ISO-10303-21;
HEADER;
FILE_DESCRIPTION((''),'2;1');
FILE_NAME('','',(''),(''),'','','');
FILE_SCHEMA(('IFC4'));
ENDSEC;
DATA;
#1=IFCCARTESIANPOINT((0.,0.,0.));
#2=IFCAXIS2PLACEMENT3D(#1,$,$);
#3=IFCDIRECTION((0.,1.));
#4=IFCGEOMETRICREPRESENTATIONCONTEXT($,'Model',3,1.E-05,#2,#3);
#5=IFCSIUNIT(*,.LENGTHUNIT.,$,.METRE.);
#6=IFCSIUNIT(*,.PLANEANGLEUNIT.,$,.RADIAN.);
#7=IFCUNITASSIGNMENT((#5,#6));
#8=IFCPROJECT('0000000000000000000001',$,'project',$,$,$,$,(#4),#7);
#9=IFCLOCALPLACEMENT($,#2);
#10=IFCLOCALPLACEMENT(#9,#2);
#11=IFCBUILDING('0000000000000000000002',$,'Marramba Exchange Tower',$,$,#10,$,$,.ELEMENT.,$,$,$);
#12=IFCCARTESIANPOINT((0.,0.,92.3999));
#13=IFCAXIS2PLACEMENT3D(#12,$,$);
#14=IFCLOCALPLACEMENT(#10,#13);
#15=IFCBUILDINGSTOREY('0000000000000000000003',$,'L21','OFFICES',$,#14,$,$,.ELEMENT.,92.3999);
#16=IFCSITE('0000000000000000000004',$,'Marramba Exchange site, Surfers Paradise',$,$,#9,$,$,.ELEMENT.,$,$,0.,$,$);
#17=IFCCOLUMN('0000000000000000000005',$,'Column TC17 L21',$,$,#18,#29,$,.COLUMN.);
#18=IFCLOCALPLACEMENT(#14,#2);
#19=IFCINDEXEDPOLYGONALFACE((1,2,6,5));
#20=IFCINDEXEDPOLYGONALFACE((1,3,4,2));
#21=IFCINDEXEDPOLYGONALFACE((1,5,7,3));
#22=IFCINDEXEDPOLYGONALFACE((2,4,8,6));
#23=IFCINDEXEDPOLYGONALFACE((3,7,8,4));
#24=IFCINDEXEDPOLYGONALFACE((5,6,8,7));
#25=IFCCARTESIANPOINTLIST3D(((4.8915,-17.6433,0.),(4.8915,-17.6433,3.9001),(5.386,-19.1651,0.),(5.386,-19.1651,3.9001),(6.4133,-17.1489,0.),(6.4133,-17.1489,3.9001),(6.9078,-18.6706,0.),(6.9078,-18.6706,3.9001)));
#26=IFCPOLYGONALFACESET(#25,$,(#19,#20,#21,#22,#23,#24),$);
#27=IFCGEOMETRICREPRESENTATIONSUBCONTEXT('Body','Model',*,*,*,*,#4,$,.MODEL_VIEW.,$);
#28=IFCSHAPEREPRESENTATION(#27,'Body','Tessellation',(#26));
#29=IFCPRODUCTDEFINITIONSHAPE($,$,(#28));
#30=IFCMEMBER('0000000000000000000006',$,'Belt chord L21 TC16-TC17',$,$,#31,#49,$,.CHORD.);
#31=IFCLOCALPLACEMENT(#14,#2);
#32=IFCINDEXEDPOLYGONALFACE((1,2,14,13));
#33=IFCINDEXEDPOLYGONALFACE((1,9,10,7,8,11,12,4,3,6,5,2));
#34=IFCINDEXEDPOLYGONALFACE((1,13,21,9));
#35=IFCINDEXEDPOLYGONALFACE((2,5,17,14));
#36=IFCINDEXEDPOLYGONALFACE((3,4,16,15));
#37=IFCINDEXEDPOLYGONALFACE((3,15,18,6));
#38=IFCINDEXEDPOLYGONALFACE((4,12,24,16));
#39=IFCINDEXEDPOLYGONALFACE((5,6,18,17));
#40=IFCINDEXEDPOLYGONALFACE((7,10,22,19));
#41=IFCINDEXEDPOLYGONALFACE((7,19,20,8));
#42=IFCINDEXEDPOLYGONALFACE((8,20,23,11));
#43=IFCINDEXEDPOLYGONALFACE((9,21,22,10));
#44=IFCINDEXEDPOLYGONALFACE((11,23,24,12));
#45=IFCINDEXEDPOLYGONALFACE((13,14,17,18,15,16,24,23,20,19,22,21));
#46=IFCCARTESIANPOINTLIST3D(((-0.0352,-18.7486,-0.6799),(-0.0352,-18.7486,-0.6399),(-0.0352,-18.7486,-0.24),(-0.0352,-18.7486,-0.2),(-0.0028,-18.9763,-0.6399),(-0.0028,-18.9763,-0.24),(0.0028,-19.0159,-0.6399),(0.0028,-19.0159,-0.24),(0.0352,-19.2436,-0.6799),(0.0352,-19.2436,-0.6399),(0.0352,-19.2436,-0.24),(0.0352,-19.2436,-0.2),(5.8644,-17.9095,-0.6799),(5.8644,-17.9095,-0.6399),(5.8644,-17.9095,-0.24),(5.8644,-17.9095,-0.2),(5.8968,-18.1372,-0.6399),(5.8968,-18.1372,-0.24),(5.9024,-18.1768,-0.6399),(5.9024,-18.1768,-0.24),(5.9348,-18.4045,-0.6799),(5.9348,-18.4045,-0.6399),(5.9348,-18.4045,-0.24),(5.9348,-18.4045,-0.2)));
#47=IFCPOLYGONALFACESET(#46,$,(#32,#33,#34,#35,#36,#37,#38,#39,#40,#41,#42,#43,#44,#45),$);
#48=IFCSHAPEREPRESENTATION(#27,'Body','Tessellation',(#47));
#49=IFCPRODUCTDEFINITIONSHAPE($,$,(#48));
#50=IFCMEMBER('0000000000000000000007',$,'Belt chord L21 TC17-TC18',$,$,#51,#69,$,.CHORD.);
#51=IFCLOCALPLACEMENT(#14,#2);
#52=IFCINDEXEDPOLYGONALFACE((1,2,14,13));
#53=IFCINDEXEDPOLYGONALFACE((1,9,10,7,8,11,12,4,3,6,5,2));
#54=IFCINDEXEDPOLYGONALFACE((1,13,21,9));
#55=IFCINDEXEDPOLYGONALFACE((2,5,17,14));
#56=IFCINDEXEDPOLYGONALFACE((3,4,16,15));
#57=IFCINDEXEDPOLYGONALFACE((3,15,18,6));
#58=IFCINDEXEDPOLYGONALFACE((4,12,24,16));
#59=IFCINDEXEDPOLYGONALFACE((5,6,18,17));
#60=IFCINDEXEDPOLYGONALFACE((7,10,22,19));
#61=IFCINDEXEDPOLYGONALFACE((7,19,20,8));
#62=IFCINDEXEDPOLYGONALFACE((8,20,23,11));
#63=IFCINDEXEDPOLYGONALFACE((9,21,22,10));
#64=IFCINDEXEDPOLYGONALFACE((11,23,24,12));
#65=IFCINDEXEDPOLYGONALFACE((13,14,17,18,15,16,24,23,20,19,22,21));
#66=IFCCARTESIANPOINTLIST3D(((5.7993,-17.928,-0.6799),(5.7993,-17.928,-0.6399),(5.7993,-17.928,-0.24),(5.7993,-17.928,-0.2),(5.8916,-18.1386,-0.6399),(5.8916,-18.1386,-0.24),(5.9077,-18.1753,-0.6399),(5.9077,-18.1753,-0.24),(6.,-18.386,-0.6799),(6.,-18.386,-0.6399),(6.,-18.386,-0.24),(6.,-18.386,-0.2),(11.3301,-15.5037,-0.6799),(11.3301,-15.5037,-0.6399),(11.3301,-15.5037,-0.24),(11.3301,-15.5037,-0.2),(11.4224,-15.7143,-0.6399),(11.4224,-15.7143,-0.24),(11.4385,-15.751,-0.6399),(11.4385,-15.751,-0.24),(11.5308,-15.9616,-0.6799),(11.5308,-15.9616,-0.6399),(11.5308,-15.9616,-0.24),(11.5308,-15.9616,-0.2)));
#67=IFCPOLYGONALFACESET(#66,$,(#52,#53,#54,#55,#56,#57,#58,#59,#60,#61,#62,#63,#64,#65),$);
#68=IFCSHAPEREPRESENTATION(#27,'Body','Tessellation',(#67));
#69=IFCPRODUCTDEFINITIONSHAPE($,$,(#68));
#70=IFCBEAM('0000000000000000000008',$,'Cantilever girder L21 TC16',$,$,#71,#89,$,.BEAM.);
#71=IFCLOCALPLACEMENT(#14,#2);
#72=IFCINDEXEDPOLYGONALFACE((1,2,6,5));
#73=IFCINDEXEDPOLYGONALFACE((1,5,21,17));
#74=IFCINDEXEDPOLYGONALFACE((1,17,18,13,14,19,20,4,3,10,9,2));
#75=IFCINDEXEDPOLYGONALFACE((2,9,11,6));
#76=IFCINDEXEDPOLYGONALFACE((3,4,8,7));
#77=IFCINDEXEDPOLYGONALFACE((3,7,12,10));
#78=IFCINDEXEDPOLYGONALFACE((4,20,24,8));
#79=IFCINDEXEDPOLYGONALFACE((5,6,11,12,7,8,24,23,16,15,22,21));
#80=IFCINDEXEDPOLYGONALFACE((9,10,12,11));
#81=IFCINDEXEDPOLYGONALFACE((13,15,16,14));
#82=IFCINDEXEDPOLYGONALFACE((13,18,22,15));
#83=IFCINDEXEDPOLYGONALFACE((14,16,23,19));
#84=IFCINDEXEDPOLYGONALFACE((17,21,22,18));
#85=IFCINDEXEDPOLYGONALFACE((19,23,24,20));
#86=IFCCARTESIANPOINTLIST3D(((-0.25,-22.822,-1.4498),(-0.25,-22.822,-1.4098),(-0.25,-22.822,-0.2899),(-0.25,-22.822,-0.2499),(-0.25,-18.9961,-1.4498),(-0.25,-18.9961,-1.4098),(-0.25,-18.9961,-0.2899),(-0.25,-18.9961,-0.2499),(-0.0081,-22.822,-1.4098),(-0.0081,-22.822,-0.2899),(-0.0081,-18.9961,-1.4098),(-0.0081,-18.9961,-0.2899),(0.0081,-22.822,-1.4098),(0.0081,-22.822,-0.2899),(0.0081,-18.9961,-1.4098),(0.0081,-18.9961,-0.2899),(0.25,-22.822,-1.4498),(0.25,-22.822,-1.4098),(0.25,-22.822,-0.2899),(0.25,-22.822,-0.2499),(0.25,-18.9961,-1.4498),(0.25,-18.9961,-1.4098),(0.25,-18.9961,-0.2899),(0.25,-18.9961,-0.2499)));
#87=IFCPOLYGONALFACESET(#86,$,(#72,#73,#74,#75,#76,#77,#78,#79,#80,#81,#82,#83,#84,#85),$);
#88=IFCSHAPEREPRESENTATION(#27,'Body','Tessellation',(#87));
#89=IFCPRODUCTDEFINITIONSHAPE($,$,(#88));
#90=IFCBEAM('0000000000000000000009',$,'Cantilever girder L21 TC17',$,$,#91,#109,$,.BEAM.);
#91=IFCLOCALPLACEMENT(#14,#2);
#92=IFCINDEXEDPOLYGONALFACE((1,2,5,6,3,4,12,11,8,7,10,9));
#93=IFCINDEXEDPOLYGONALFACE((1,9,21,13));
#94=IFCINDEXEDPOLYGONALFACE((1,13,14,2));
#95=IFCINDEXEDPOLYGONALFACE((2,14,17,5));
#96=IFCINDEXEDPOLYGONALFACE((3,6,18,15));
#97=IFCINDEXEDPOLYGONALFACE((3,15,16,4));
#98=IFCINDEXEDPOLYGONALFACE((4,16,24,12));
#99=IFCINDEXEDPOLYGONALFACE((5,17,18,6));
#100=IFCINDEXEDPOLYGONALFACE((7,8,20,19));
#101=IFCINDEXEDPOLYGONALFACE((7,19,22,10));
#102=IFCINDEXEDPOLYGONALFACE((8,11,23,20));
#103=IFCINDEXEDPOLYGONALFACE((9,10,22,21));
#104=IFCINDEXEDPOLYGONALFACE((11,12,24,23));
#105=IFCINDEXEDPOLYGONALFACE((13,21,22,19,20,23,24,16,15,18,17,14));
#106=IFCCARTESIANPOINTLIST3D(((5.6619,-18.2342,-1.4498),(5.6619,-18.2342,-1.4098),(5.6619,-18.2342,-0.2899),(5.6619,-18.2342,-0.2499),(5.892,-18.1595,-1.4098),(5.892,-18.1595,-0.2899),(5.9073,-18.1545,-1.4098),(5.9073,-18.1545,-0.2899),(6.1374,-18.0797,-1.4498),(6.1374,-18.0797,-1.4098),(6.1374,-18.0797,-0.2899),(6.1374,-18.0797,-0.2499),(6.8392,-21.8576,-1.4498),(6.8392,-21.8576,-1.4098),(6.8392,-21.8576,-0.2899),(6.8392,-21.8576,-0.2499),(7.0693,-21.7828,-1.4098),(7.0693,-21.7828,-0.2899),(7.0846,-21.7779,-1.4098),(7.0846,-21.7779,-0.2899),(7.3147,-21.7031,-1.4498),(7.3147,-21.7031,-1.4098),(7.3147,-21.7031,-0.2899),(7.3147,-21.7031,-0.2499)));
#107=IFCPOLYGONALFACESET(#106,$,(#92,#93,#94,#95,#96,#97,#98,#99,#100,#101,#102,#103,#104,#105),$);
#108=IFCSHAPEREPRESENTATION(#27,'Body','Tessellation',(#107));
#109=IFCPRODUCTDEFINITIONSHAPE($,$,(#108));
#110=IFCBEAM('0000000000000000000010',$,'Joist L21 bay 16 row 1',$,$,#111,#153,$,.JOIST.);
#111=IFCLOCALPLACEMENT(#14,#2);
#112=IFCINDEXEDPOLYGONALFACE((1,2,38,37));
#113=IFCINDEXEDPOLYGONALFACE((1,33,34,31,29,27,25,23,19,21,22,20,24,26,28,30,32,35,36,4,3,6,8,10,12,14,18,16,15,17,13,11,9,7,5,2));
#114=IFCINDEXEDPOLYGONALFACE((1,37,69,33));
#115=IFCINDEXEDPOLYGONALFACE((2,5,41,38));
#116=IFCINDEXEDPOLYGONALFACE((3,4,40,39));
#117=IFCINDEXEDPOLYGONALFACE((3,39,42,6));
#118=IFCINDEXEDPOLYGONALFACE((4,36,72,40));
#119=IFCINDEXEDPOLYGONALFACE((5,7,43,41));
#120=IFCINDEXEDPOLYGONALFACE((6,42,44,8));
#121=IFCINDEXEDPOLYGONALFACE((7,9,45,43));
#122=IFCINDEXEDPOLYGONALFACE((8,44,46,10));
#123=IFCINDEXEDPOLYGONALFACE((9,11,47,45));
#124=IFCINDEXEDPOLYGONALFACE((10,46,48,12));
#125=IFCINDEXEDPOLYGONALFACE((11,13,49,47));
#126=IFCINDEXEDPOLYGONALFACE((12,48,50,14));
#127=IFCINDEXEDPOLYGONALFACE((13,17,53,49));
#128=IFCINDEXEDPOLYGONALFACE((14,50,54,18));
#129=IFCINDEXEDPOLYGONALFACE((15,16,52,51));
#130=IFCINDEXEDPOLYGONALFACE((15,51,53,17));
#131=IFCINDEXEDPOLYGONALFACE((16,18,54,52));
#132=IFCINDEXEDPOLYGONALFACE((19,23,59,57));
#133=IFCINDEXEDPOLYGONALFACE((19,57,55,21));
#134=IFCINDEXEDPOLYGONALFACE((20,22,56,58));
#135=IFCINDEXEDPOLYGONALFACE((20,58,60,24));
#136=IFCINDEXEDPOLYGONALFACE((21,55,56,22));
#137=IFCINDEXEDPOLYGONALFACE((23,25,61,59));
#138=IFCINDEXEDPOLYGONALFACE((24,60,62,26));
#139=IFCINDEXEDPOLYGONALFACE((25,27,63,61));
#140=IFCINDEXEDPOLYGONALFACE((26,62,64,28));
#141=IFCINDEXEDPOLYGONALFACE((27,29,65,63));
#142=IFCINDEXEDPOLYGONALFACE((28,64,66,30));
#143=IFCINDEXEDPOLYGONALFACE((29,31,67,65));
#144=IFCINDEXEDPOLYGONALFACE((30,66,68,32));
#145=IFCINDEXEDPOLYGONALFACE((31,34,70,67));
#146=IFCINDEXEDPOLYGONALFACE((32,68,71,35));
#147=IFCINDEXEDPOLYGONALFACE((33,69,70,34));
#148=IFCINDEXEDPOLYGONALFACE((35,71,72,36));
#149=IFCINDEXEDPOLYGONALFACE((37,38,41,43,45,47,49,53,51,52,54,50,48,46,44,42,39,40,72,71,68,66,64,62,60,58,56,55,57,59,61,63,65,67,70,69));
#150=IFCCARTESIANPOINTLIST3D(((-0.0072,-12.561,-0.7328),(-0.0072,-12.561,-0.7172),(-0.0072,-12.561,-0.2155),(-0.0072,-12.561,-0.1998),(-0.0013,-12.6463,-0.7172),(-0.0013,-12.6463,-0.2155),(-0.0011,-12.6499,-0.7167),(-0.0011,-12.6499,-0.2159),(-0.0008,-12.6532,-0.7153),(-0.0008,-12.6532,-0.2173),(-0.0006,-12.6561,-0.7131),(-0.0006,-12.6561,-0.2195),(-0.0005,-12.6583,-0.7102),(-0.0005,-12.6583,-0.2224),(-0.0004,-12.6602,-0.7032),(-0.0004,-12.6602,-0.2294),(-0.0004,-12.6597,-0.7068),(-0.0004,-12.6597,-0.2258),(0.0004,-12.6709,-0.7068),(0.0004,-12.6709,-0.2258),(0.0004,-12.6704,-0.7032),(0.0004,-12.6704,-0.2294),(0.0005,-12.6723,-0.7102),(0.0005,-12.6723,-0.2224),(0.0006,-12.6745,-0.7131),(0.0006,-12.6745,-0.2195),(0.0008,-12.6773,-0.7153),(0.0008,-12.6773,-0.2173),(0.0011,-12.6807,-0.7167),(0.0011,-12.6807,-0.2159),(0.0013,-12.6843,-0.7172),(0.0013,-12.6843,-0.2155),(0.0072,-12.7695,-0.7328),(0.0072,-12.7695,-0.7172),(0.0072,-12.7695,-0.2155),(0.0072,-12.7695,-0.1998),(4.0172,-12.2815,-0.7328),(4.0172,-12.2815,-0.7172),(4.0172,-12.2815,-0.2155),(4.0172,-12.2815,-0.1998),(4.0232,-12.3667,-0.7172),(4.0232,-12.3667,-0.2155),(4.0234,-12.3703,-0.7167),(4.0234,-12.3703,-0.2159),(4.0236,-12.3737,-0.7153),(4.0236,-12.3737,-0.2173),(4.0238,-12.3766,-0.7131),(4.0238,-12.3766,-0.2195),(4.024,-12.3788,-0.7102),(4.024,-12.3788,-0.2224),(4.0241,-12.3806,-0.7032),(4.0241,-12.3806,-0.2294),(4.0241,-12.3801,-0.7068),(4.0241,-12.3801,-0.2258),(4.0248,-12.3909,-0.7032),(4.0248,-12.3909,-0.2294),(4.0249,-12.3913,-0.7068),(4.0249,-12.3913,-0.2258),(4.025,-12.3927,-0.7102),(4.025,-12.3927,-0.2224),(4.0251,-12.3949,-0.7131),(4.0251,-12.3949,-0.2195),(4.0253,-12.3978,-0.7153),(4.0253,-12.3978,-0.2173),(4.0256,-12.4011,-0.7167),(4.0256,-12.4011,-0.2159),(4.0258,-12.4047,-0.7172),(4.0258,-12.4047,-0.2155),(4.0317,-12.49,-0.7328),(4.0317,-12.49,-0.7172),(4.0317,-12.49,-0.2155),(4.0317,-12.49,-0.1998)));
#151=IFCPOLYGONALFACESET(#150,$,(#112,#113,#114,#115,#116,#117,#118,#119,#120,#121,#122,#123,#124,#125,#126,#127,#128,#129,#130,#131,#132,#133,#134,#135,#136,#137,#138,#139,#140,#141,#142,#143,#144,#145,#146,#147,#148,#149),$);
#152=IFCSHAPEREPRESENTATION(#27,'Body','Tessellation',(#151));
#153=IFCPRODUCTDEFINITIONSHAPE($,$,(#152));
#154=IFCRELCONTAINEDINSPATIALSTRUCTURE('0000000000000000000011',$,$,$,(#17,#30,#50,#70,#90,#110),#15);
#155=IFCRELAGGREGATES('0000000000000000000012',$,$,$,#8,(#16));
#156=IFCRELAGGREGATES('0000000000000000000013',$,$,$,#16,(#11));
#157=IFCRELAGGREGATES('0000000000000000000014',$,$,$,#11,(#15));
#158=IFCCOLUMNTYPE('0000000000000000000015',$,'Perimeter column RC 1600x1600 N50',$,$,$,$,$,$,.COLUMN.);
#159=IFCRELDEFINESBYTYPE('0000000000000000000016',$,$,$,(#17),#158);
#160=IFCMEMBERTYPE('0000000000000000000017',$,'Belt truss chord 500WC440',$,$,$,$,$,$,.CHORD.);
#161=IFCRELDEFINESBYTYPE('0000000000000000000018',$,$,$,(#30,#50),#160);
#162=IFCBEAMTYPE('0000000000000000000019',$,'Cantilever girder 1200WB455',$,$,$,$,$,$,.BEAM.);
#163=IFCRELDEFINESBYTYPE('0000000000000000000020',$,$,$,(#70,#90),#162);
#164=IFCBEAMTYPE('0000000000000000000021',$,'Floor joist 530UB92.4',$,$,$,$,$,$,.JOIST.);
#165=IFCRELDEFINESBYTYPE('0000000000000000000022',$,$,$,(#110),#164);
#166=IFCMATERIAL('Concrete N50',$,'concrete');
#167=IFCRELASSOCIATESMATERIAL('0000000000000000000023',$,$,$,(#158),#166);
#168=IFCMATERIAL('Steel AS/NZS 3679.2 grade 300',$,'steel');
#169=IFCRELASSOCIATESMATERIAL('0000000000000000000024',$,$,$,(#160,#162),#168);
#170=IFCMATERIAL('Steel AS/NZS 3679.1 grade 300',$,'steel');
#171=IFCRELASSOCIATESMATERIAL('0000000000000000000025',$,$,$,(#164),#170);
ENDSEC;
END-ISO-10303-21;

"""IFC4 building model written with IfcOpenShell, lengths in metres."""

from ifc_helpers import new_model, si_unit, direction, frame, origin, origin_2d, place, context, subcontext, project, spatial, rectangle, i_section, extrude, material, material_profile, profile_set, type_object, element, save


model = new_model("IFC4")

# Units and contexts
model_context = context("Model", 3, precision=1e-05, world=origin(), true_north=direction((0.0, 1.0)))
body_context = subcontext(model_context, "Body", "Model", "MODEL_VIEW")
ifc_project = project(units=[si_unit("LENGTHUNIT", "METRE"), si_unit("PLANEANGLEUNIT", "RADIAN")], contexts=[model_context])

# Site, building, storey
site_placement = place(None, origin())
site = spatial("IfcSite", under=ifc_project, at=site_placement, Name="Marramba Exchange site, Surfers Paradise", CompositionType="ELEMENT", RefElevation=0.0)
building_placement = place(site_placement, origin())
building = spatial("IfcBuilding", under=site, at=building_placement, Name="Marramba Exchange Tower", CompositionType="ELEMENT")
storey_placement = place(building_placement, frame((0.0, 0.0, 92.3999)))
storey = spatial("IfcBuildingStorey", under=building, at=storey_placement, Name="L21", Description="OFFICES", CompositionType="ELEMENT", Elevation=92.3999)

# Column
ifc_material_1 = material(Name="Concrete N50", Category="concrete")
ifc_material_profile_1 = material_profile(ifc_material_1, rectangle(XDim=1.6001, YDim=1.6001, at=origin_2d()), Name="RC 1600x1600")
ifc_profile_set_1 = profile_set([ifc_material_profile_1], Name="Concrete N50")
column_type = type_object("IfcColumnType", Name="Perimeter column RC 1600x1600 N50", PredefinedType="COLUMN", material=ifc_profile_set_1)
column_placement = place(storey_placement, frame((5.8997, -18.157, 0.0), z_axis=(0.0, 0.0, 1.0), x_axis=(0.309017, -0.951057, 0.0)))
element("IfcColumn", 1, at=column_placement, inside=storey, type_object=column_type, Name="Column TC17 L21", PredefinedType="COLUMN", context=body_context, shape_type="SweptSolid", body=[
    extrude(rectangle(XDim=1.6001, YDim=1.6001, at=origin_2d()), origin(), (0.0, 0.0, 1.0), 3.9001),
])

# Members
ifc_material_2 = material(Name="Steel AS/NZS 3679.2 grade 300", Category="steel")
ifc_material_profile_2 = material_profile(ifc_material_2, i_section(OverallWidth=0.5, OverallDepth=0.48, WebThickness=0.04, FlangeThickness=0.04, at=origin_2d()), Name="500WC440")
ifc_profile_set_2 = profile_set([ifc_material_profile_2], Name="Steel AS/NZS 3679.2 grade 300")
member_type_1 = type_object("IfcMemberType", Name="Belt truss chord 500WC440", PredefinedType="CHORD", material=ifc_profile_set_2)
member_1_placement = place(storey_placement, frame((0.0, -18.9961, -0.4399), z_axis=(0.990036, 0.140813, 0.0), x_axis=(-0.140813, 0.990036, 0.0)))
element("IfcMember", 2, at=member_1_placement, inside=storey, type_object=member_type_1, Name="Belt chord L21 TC16-TC17", PredefinedType="CHORD", context=body_context, shape_type="SweptSolid", body=[
    extrude(i_section(OverallWidth=0.5, OverallDepth=0.48, WebThickness=0.04, FlangeThickness=0.04, at=origin_2d()), origin(), (0.0, 0.0, 1.0), 5.959),
])
member_2_placement = place(storey_placement, frame((5.8997, -18.157, -0.4399), z_axis=(0.915877, 0.401459, 0.0), x_axis=(-0.401459, 0.915877, 0.0)))
element("IfcMember", 3, at=member_2_placement, inside=storey, type_object=member_type_1, Name="Belt chord L21 TC17-TC18", PredefinedType="CHORD", context=body_context, shape_type="SweptSolid", body=[
    extrude(i_section(OverallWidth=0.5, OverallDepth=0.48, WebThickness=0.04, FlangeThickness=0.04, at=origin_2d()), origin(), (0.0, 0.0, 1.0), 6.0388),
])

# Beams
ifc_material_profile_3 = material_profile(ifc_material_2, i_section(OverallWidth=0.5, OverallDepth=1.2, WebThickness=0.0161, FlangeThickness=0.04, at=origin_2d()), Name="1200WB455")
ifc_profile_set_3 = profile_set([ifc_material_profile_3], Name="Steel AS/NZS 3679.2 grade 300")
beam_type_1 = type_object("IfcBeamType", Name="Cantilever girder 1200WB455", PredefinedType="BEAM", material=ifc_profile_set_3)
beam_1_placement = place(storey_placement, frame((0.0, -18.9961, -0.8499), z_axis=(0.0, -1.0, 0.0), x_axis=(1.0, 0.0, 0.0)))
element("IfcBeam", 4, at=beam_1_placement, inside=storey, type_object=beam_type_1, Name="Cantilever girder L21 TC16", PredefinedType="BEAM", context=body_context, shape_type="SweptSolid", body=[
    extrude(i_section(OverallWidth=0.5, OverallDepth=1.2, WebThickness=0.0161, FlangeThickness=0.04, at=origin_2d()), origin(), (0.0, 0.0, 1.0), 3.8259),
])
beam_2_placement = place(storey_placement, frame((5.8997, -18.157, -0.8499), z_axis=(0.309009, -0.951059, 0.0), x_axis=(0.951059, 0.309009, 0.0)))
element("IfcBeam", 5, at=beam_2_placement, inside=storey, type_object=beam_type_1, Name="Cantilever girder L21 TC17", PredefinedType="BEAM", context=body_context, shape_type="SweptSolid", body=[
    extrude(i_section(OverallWidth=0.5, OverallDepth=1.2, WebThickness=0.0161, FlangeThickness=0.04, at=origin_2d()), origin(), (0.0, 0.0, 1.0), 3.8098),
])
ifc_material_3 = material(Name="Steel AS/NZS 3679.1 grade 300", Category="steel")
ifc_material_profile_4 = material_profile(ifc_material_3, i_section(OverallWidth=0.209, OverallDepth=0.533, WebThickness=0.0103, FlangeThickness=0.0156, FilletRadius=0.0139, at=origin_2d()), Name="530UB92.4")
ifc_profile_set_4 = profile_set([ifc_material_profile_4], Name="Steel AS/NZS 3679.1 grade 300")
beam_type_2 = type_object("IfcBeamType", Name="Floor joist 530UB92.4", PredefinedType="JOIST", material=ifc_profile_set_4)
beam_3_placement = place(storey_placement, frame((0.0, -12.6653, -0.4663), z_axis=(0.997596, 0.069294, 0.0), x_axis=(-0.069294, 0.997596, 0.0)))
element("IfcBeam", 6, at=beam_3_placement, inside=storey, type_object=beam_type_2, Name="Joist L21 bay 16 row 1", PredefinedType="JOIST", context=body_context, shape_type="SweptSolid", body=[
    extrude(i_section(OverallWidth=0.209, OverallDepth=0.533, WebThickness=0.0103, FlangeThickness=0.0156, FilletRadius=0.0139, at=origin_2d()), origin(), (0.0, 0.0, 1.0), 4.0342),
])

save(model, "model.ifc")
